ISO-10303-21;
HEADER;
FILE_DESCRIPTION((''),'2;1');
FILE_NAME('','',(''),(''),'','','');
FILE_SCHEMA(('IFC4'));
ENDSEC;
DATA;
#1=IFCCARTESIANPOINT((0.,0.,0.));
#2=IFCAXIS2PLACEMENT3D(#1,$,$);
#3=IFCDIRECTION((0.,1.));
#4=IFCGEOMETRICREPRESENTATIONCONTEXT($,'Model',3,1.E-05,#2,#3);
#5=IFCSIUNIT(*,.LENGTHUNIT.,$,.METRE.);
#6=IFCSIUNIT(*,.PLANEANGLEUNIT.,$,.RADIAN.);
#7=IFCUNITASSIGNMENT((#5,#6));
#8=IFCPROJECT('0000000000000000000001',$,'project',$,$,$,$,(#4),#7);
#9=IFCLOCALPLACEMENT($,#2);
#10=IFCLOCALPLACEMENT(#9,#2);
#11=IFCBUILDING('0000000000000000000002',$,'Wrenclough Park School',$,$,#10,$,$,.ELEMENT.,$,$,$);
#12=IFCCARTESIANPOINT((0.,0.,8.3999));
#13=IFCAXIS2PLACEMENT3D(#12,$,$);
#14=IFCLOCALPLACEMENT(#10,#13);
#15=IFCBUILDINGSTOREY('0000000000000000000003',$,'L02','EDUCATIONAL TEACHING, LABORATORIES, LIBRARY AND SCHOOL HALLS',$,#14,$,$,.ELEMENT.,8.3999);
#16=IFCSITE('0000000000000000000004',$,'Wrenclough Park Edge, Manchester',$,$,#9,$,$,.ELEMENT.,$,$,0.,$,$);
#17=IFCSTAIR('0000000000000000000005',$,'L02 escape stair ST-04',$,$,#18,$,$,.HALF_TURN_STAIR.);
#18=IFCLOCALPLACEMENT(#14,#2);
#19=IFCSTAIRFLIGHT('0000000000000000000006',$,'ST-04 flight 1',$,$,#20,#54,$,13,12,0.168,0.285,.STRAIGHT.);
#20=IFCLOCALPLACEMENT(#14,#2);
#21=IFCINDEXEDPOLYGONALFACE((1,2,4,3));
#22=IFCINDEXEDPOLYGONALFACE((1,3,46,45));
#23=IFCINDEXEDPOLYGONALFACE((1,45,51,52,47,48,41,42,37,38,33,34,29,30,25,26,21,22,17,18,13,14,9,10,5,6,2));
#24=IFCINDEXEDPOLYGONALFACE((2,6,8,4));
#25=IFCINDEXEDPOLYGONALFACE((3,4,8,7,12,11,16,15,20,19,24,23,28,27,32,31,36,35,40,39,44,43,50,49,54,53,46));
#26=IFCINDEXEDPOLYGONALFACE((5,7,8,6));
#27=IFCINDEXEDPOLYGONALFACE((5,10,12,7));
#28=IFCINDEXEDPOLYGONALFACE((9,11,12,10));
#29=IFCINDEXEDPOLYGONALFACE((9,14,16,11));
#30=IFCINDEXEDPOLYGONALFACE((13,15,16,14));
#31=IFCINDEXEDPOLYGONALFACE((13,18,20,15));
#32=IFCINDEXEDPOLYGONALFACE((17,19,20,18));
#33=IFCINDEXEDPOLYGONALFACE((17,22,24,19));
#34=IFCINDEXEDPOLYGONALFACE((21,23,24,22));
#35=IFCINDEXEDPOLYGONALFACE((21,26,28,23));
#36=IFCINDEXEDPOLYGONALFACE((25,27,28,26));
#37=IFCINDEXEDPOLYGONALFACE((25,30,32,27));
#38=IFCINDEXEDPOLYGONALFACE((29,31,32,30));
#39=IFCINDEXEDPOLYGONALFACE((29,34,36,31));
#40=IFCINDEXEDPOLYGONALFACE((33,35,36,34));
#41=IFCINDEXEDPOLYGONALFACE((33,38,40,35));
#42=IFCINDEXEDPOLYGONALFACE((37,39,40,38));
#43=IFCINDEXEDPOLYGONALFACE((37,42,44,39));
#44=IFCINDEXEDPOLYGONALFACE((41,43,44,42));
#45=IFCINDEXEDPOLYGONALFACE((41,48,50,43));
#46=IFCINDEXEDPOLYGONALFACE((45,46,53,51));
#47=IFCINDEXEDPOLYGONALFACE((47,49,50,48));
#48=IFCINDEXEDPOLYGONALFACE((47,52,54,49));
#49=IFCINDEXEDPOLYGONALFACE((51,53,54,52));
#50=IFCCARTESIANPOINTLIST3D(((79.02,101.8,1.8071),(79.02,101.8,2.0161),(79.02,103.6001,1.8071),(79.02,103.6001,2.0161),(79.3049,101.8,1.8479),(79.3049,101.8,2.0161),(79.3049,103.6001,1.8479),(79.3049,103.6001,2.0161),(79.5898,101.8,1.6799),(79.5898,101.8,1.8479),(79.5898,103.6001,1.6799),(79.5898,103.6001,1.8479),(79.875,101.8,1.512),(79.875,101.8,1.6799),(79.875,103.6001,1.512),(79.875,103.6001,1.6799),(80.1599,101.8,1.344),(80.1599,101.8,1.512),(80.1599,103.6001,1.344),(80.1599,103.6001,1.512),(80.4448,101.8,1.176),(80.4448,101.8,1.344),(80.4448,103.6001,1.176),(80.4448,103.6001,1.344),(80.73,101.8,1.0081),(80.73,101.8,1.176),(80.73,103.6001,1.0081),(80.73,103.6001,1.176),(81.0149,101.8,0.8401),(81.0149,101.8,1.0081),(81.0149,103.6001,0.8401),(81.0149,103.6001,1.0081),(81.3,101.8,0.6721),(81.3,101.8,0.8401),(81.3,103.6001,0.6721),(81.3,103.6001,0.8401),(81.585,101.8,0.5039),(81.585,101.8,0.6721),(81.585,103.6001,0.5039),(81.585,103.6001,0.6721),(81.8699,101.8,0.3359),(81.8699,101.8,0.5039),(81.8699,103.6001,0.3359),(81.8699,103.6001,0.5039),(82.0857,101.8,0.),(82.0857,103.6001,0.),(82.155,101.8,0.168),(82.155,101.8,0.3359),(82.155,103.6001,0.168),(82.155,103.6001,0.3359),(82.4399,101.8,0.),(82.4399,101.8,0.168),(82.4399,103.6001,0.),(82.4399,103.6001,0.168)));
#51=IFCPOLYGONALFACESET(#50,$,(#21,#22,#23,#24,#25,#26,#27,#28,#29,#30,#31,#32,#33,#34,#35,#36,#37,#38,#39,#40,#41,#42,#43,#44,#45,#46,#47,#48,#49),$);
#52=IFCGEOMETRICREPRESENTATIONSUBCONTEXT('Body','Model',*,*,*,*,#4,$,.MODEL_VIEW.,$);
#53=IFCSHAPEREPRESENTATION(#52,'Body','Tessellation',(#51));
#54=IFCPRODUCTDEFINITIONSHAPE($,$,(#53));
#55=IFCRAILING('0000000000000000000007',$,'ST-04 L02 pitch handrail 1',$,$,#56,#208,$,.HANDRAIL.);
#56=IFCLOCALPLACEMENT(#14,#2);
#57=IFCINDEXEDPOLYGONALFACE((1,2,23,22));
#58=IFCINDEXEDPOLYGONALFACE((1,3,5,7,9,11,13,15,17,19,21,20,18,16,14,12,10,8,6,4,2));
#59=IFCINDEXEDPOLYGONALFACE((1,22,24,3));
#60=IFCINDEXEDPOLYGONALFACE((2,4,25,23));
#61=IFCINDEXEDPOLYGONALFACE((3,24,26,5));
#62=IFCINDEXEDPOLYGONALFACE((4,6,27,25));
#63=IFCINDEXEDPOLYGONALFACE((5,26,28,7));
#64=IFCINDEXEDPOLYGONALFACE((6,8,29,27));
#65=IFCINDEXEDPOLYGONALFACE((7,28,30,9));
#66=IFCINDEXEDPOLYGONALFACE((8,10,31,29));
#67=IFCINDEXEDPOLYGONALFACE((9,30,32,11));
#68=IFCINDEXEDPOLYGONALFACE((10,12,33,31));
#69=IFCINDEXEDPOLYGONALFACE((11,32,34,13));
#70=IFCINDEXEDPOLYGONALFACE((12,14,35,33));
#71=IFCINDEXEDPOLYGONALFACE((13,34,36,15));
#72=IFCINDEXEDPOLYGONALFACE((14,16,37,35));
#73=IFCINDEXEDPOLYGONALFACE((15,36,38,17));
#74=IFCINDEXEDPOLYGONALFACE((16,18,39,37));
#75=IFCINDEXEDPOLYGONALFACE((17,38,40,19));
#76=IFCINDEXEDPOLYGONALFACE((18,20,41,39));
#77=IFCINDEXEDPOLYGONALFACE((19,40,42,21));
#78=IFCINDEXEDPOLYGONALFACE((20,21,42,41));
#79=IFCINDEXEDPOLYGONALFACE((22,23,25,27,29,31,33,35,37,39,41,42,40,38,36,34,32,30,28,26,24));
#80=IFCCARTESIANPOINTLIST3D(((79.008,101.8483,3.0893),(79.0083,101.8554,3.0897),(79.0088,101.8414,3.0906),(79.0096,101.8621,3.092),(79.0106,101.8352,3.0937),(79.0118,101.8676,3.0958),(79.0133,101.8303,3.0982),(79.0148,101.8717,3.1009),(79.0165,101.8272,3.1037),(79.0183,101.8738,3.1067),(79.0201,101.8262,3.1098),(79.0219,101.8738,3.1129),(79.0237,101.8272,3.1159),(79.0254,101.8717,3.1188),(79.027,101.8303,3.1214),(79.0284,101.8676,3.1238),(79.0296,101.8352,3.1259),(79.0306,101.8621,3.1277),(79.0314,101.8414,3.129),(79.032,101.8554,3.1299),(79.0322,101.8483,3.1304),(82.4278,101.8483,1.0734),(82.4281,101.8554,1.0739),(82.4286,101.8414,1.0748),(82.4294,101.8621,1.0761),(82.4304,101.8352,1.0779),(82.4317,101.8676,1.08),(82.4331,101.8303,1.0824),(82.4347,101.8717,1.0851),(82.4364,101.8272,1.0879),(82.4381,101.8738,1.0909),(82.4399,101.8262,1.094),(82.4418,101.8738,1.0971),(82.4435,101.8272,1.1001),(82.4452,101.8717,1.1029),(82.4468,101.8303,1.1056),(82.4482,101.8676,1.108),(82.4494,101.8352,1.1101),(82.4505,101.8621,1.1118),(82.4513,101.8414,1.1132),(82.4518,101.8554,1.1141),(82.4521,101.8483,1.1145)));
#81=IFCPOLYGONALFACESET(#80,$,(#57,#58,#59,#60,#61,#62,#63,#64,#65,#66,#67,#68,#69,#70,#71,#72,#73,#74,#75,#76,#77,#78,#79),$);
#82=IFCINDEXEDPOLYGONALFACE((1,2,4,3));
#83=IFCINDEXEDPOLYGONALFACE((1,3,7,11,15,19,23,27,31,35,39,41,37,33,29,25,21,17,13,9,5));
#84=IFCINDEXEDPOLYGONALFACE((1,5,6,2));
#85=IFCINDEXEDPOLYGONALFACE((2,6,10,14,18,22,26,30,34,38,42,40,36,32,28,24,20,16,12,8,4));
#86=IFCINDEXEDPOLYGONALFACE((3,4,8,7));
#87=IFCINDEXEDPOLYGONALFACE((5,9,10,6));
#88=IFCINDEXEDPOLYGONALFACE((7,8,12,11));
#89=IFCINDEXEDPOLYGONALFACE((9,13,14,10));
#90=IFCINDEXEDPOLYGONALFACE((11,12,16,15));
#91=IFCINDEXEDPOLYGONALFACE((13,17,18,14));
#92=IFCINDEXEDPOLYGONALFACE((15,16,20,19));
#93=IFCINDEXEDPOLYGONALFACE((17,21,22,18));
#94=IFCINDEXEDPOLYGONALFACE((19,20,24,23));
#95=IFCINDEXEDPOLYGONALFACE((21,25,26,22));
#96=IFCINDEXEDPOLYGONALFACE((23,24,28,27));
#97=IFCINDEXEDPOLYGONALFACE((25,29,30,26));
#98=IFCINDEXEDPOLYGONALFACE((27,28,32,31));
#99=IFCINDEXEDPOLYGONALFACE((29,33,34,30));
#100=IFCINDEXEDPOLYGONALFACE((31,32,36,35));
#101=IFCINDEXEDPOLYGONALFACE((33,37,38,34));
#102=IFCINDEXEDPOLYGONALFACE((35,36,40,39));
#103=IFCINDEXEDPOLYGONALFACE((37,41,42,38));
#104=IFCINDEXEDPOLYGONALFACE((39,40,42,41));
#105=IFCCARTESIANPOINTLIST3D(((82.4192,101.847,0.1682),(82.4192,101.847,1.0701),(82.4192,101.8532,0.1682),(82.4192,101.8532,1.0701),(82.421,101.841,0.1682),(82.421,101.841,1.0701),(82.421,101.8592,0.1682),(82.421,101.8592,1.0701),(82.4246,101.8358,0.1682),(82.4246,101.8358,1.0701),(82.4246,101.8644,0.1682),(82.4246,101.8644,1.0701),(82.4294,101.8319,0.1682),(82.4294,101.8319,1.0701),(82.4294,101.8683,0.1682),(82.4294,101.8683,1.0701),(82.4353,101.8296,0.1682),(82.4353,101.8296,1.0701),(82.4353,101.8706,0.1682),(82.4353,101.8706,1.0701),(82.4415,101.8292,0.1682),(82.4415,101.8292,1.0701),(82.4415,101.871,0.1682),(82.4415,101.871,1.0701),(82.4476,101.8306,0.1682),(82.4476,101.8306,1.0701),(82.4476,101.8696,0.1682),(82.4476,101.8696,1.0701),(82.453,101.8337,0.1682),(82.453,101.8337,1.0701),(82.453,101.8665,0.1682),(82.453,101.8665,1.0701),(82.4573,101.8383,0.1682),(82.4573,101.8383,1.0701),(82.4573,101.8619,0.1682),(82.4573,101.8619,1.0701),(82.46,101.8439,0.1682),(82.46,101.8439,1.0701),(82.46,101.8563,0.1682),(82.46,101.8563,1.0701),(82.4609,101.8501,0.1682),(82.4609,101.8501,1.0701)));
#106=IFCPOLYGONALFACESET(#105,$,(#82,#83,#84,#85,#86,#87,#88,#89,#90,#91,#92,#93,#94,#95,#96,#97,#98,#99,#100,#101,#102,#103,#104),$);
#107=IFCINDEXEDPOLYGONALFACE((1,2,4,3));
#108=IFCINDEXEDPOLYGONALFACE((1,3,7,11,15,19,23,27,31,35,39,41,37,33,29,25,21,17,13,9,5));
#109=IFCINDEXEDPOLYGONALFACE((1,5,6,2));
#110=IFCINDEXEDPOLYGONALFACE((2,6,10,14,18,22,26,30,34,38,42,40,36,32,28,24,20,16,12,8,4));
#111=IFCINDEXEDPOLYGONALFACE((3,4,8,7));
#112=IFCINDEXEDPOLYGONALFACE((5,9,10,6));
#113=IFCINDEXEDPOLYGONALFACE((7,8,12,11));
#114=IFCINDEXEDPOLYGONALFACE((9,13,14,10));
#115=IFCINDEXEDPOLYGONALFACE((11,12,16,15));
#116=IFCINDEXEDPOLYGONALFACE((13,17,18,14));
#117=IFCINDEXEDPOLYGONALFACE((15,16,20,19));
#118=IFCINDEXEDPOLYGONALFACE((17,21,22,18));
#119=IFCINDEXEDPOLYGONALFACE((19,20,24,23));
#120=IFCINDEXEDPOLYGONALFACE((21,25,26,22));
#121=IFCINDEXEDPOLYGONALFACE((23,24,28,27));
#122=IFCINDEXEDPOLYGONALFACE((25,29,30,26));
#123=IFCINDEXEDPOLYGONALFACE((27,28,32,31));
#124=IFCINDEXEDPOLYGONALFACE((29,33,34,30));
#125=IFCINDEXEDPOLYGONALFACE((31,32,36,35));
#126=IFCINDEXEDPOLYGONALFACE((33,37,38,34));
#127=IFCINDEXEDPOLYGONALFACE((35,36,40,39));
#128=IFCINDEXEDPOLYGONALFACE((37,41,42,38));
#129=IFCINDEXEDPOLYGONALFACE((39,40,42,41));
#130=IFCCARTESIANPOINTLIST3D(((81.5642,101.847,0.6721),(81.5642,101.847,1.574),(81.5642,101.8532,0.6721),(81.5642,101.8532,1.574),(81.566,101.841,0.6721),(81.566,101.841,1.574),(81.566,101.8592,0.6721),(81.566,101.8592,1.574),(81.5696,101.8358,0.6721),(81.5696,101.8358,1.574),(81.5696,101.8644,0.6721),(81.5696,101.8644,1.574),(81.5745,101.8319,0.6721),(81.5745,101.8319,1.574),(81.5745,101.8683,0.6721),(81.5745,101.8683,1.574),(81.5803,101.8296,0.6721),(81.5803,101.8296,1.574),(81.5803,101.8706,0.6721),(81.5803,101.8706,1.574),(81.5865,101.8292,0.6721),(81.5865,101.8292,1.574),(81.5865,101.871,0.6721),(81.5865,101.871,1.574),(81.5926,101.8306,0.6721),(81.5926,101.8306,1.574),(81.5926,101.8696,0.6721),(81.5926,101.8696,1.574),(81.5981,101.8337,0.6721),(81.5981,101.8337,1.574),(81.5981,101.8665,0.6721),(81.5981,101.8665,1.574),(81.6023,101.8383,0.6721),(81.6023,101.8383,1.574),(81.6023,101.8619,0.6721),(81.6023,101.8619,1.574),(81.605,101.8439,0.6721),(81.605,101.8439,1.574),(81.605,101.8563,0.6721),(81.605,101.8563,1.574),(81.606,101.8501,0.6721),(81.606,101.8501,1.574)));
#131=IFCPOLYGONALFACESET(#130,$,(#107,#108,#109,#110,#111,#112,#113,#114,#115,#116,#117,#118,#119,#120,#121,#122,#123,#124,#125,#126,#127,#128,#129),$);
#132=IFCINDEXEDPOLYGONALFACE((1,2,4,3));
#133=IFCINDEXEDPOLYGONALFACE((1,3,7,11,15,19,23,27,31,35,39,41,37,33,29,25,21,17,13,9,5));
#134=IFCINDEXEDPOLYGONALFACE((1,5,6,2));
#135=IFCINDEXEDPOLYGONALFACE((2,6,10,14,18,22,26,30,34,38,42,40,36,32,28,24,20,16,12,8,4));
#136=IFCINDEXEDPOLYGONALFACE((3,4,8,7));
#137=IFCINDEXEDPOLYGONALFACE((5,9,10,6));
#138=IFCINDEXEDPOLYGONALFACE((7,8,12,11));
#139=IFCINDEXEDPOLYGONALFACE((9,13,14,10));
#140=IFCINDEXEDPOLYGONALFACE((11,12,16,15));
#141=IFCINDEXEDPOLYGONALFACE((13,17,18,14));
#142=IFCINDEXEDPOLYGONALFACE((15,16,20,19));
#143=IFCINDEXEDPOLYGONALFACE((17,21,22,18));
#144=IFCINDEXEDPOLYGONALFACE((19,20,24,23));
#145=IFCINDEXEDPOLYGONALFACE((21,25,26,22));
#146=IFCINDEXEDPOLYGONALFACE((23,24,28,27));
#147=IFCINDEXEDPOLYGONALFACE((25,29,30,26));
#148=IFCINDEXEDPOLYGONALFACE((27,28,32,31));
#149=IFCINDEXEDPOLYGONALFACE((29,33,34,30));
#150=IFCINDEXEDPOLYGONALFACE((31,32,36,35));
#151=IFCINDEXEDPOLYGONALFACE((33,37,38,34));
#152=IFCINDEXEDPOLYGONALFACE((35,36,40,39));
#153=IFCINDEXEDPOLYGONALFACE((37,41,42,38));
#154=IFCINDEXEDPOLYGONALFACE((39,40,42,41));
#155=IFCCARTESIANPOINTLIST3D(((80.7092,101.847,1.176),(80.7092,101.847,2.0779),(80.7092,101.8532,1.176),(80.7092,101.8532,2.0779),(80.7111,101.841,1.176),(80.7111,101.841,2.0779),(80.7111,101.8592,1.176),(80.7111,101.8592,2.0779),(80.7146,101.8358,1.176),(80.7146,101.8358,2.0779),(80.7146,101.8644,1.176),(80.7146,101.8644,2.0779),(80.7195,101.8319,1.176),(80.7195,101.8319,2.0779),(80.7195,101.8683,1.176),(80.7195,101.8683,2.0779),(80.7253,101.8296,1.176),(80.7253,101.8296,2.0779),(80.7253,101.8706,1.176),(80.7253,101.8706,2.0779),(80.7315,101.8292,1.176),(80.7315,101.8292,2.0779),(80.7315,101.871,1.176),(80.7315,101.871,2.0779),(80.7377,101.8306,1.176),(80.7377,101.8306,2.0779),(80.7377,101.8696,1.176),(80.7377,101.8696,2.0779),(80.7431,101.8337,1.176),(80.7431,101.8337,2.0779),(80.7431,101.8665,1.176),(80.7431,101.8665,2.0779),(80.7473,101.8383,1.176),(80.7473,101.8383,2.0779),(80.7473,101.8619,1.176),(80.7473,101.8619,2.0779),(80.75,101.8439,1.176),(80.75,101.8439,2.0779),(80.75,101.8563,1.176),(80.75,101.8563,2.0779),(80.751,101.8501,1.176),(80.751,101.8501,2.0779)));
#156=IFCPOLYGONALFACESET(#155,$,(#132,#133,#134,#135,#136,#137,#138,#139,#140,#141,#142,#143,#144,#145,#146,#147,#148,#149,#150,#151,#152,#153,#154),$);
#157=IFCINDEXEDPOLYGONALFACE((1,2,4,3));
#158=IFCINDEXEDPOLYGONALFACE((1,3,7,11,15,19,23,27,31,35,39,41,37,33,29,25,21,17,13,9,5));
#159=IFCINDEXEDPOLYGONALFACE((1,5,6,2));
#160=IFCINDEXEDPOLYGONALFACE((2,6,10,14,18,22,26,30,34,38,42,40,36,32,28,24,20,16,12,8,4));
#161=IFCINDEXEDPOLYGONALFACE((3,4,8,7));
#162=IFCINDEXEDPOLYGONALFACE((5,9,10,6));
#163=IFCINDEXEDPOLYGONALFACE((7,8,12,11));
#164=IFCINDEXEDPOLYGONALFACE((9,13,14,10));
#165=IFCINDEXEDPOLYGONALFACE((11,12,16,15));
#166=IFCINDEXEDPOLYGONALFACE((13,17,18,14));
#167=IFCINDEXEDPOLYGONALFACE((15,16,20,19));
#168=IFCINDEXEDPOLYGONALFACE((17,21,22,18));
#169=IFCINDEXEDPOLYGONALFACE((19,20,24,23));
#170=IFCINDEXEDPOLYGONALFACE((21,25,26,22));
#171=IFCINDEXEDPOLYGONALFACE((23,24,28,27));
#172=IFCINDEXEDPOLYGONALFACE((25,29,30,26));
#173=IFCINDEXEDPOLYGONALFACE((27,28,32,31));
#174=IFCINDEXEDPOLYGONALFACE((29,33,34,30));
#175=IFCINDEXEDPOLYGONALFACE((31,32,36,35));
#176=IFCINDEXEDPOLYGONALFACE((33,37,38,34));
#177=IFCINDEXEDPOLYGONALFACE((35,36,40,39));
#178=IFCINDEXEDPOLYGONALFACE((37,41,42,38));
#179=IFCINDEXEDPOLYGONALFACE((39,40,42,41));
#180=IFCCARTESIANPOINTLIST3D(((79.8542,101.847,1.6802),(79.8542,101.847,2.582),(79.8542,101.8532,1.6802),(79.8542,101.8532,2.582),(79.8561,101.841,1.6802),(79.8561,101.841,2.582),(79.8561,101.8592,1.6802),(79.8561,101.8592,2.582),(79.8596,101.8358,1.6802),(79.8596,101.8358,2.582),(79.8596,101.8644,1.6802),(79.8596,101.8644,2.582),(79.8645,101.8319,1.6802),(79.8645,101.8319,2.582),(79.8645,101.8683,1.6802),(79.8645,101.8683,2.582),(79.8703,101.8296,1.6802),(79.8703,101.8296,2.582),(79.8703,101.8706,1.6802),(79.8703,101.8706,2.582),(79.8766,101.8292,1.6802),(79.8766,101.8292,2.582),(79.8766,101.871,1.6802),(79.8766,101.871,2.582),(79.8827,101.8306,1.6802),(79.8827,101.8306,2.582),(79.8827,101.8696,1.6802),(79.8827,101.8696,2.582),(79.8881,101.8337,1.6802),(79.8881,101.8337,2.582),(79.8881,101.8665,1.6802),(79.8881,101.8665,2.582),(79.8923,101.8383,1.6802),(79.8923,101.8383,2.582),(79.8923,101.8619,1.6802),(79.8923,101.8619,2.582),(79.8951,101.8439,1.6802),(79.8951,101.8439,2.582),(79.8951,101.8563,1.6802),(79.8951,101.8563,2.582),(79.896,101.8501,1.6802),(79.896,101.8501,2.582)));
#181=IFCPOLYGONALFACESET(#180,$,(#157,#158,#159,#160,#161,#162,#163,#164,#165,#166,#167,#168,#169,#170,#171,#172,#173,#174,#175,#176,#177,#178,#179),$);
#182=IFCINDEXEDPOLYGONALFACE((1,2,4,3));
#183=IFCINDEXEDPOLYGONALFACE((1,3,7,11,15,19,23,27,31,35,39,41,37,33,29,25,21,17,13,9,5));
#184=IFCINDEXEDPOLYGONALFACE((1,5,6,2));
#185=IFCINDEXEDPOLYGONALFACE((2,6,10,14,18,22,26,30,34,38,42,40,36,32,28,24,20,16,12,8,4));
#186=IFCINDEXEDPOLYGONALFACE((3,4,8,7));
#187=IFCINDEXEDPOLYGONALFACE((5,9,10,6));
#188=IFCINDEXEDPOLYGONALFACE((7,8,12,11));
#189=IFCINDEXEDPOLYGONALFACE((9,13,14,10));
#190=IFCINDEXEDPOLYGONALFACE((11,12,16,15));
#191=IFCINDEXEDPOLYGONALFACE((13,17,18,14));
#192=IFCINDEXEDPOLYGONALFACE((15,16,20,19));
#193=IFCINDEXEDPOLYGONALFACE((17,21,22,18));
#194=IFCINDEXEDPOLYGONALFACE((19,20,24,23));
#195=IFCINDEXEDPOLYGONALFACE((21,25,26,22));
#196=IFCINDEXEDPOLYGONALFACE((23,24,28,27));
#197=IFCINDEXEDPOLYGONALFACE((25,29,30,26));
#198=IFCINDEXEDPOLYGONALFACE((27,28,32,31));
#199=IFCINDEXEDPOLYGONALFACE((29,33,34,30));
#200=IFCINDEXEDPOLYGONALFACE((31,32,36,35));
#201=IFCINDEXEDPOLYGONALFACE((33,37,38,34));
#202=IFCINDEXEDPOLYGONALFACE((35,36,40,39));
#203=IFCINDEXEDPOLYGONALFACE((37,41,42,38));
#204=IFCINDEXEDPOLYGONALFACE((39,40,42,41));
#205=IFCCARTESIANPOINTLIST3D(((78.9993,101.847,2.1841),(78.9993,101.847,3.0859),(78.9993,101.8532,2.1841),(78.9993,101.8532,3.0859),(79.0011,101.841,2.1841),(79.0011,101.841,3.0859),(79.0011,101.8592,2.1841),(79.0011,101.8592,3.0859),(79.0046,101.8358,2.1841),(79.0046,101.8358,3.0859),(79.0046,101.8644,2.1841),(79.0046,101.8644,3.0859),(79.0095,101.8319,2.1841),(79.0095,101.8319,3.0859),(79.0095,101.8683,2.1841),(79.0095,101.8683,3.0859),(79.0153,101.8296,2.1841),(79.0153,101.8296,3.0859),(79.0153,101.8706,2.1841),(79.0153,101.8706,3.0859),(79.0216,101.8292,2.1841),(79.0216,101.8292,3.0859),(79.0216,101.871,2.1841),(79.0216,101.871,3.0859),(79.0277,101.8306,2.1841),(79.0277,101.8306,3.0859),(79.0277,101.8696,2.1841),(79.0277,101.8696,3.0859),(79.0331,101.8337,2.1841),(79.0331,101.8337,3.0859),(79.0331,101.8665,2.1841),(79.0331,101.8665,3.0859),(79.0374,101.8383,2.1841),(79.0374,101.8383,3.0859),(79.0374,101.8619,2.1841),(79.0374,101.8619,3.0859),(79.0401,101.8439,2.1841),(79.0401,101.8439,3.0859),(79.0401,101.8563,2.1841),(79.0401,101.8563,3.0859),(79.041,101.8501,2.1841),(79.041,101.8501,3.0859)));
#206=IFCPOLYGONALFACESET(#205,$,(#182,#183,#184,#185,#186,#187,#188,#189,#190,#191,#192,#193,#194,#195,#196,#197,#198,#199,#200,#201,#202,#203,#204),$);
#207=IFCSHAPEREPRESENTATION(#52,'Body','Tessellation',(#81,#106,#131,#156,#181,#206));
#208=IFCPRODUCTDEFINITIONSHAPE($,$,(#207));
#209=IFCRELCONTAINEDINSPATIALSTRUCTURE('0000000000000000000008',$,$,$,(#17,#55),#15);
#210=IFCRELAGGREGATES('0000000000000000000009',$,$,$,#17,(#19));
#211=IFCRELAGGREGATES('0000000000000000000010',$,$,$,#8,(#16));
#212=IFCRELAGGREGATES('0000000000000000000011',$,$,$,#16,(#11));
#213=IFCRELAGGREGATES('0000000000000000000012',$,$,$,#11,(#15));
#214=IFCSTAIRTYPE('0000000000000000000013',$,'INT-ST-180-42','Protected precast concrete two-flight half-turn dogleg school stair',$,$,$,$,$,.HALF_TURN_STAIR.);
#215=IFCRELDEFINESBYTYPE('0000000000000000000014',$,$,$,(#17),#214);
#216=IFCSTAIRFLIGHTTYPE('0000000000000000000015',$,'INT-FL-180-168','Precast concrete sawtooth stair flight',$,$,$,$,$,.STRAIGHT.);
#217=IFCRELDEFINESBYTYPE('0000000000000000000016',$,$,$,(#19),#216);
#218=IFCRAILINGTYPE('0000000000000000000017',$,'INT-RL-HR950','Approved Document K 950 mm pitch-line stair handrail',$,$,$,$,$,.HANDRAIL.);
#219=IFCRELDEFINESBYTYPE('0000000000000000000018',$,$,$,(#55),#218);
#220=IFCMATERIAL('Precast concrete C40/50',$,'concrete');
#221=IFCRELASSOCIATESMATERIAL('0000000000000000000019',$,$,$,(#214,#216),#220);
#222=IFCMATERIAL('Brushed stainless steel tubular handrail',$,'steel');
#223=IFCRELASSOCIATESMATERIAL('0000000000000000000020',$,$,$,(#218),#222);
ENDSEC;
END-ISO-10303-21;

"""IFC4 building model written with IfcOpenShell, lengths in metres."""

from ifc_helpers import new_model, si_unit, direction, frame, origin, origin_2d, place, context, subcontext, project, spatial, polyline, circle, outline, extrude, material, type_object, element, aggregate, save


model = new_model("IFC4")

# Units and contexts
model_context = context("Model", 3, precision=1e-05, world=origin(), true_north=direction((0.0, 1.0)))
body_context = subcontext(model_context, "Body", "Model", "MODEL_VIEW")
ifc_project = project(units=[si_unit("LENGTHUNIT", "METRE"), si_unit("PLANEANGLEUNIT", "RADIAN")], contexts=[model_context])

# Site, building, storey
site_placement = place(None, origin())
site = spatial("IfcSite", under=ifc_project, at=site_placement, Name="Wrenclough Park Edge, Manchester", CompositionType="ELEMENT", RefElevation=0.0)
building_placement = place(site_placement, origin())
building = spatial("IfcBuilding", under=site, at=building_placement, Name="Wrenclough Park School", CompositionType="ELEMENT")
storey_placement = place(building_placement, frame((0.0, 0.0, 8.3999)))
storey = spatial("IfcBuildingStorey", under=building, at=storey_placement, Name="L02", Description="EDUCATIONAL TEACHING, LABORATORIES, LIBRARY AND SCHOOL HALLS", CompositionType="ELEMENT", Elevation=8.3999)

# Stair, stair flight
ifc_material_1 = material(Name="Precast concrete C40/50", Category="concrete")
stair_type = type_object("IfcStairType", Name="INT-ST-180-42", Description="Protected precast concrete two-flight half-turn dogleg school stair", PredefinedType="HALF_TURN_STAIR", material=ifc_material_1)
stair_placement = place(storey_placement, origin())
stair = element("IfcStair", 1, at=stair_placement, inside=storey, type_object=stair_type, Name="L02 escape stair ST-04", PredefinedType="HALF_TURN_STAIR")
stair_flight_type = type_object("IfcStairFlightType", Name="INT-FL-180-168", Description="Precast concrete sawtooth stair flight", PredefinedType="STRAIGHT", material=ifc_material_1)
stair_flight_placement = place(storey_placement, frame((82.4399, 102.7, 0.0), z_axis=(0.0, 0.0, 1.0), x_axis=(-1.0, 0.0, 0.0)))
stair_flight = element("IfcStairFlight", 2, at=stair_flight_placement, type_object=stair_flight_type, Name="ST-04 flight 1", NumberOfRisers=13, NumberOfTreads=12, PredefinedType="STRAIGHT", RiserHeight=0.168, TreadLength=0.285, context=body_context, shape_type="SweptSolid", body=[
    extrude(outline(polyline([(0.0, 0.0), (0.0, 0.168), (0.2849, 0.168), (0.2849, 0.3359), (0.5701, 0.3359), (0.5701, 0.5039), (0.855, 0.5039), (0.855, 0.6721), (1.1399, 0.6721), (1.1399, 0.8401), (1.425, 0.8401), (1.425, 1.0081), (1.71, 1.0081), (1.71, 1.176), (1.9951, 1.176), (1.9951, 1.344), (2.28, 1.344), (2.28, 1.512), (2.5649, 1.512), (2.5649, 1.6799), (2.8501, 1.6799), (2.8501, 1.8479), (3.135, 1.8479), (3.135, 2.0161), (3.4199, 2.0161), (3.4199, 2.1841), (3.4199, 1.8071), (0.3542, 0.0), (0.0, 0.0)])), frame((0.0, 0.8999, 0.0), z_axis=(0.0, -1.0, 0.0), x_axis=(1.0, 0.0, 0.0)), (0.0, 0.0, 1.0), 1.8),
])
aggregate(stair, [stair_flight])

# Railing
ifc_material_2 = material(Name="Brushed stainless steel tubular handrail", Category="steel")
railing_type = type_object("IfcRailingType", Name="INT-RL-HR950", Description="Approved Document K 950 mm pitch-line stair handrail", PredefinedType="HANDRAIL", material=ifc_material_2)
railing_placement = place(storey_placement, frame((82.4399, 101.8501, 0.1682)))
element("IfcRailing", 3, at=railing_placement, inside=storey, type_object=railing_type, Name="ST-04 L02 pitch handrail 1", PredefinedType="HANDRAIL", context=body_context, shape_type="SweptSolid", body=[
    extrude(circle(Radius=0.0239, at=origin_2d()), frame((0.0, 0.0, 0.9258), z_axis=(-0.861477, 0.0, 0.507797), x_axis=(0.0, -1.0, 0.0)), (0.0, 0.0, 1.0), 3.9697),
    extrude(circle(Radius=0.021, at=origin_2d()), origin(), (0.0, 0.0, 1.0), 0.9019),
    extrude(circle(Radius=0.021, at=origin_2d()), frame((-0.855, 0.0, 0.5039)), (0.0, 0.0, 1.0), 0.9019),
    extrude(circle(Radius=0.021, at=origin_2d()), frame((-1.71, 0.0, 1.0078)), (0.0, 0.0, 1.0), 0.9019),
    extrude(circle(Radius=0.021, at=origin_2d()), frame((-2.5649, 0.0, 1.512)), (0.0, 0.0, 1.0), 0.9019),
    extrude(circle(Radius=0.021, at=origin_2d()), frame((-3.4199, 0.0, 2.0159)), (0.0, 0.0, 1.0), 0.9019),
])

save(model, "model.ifc")
